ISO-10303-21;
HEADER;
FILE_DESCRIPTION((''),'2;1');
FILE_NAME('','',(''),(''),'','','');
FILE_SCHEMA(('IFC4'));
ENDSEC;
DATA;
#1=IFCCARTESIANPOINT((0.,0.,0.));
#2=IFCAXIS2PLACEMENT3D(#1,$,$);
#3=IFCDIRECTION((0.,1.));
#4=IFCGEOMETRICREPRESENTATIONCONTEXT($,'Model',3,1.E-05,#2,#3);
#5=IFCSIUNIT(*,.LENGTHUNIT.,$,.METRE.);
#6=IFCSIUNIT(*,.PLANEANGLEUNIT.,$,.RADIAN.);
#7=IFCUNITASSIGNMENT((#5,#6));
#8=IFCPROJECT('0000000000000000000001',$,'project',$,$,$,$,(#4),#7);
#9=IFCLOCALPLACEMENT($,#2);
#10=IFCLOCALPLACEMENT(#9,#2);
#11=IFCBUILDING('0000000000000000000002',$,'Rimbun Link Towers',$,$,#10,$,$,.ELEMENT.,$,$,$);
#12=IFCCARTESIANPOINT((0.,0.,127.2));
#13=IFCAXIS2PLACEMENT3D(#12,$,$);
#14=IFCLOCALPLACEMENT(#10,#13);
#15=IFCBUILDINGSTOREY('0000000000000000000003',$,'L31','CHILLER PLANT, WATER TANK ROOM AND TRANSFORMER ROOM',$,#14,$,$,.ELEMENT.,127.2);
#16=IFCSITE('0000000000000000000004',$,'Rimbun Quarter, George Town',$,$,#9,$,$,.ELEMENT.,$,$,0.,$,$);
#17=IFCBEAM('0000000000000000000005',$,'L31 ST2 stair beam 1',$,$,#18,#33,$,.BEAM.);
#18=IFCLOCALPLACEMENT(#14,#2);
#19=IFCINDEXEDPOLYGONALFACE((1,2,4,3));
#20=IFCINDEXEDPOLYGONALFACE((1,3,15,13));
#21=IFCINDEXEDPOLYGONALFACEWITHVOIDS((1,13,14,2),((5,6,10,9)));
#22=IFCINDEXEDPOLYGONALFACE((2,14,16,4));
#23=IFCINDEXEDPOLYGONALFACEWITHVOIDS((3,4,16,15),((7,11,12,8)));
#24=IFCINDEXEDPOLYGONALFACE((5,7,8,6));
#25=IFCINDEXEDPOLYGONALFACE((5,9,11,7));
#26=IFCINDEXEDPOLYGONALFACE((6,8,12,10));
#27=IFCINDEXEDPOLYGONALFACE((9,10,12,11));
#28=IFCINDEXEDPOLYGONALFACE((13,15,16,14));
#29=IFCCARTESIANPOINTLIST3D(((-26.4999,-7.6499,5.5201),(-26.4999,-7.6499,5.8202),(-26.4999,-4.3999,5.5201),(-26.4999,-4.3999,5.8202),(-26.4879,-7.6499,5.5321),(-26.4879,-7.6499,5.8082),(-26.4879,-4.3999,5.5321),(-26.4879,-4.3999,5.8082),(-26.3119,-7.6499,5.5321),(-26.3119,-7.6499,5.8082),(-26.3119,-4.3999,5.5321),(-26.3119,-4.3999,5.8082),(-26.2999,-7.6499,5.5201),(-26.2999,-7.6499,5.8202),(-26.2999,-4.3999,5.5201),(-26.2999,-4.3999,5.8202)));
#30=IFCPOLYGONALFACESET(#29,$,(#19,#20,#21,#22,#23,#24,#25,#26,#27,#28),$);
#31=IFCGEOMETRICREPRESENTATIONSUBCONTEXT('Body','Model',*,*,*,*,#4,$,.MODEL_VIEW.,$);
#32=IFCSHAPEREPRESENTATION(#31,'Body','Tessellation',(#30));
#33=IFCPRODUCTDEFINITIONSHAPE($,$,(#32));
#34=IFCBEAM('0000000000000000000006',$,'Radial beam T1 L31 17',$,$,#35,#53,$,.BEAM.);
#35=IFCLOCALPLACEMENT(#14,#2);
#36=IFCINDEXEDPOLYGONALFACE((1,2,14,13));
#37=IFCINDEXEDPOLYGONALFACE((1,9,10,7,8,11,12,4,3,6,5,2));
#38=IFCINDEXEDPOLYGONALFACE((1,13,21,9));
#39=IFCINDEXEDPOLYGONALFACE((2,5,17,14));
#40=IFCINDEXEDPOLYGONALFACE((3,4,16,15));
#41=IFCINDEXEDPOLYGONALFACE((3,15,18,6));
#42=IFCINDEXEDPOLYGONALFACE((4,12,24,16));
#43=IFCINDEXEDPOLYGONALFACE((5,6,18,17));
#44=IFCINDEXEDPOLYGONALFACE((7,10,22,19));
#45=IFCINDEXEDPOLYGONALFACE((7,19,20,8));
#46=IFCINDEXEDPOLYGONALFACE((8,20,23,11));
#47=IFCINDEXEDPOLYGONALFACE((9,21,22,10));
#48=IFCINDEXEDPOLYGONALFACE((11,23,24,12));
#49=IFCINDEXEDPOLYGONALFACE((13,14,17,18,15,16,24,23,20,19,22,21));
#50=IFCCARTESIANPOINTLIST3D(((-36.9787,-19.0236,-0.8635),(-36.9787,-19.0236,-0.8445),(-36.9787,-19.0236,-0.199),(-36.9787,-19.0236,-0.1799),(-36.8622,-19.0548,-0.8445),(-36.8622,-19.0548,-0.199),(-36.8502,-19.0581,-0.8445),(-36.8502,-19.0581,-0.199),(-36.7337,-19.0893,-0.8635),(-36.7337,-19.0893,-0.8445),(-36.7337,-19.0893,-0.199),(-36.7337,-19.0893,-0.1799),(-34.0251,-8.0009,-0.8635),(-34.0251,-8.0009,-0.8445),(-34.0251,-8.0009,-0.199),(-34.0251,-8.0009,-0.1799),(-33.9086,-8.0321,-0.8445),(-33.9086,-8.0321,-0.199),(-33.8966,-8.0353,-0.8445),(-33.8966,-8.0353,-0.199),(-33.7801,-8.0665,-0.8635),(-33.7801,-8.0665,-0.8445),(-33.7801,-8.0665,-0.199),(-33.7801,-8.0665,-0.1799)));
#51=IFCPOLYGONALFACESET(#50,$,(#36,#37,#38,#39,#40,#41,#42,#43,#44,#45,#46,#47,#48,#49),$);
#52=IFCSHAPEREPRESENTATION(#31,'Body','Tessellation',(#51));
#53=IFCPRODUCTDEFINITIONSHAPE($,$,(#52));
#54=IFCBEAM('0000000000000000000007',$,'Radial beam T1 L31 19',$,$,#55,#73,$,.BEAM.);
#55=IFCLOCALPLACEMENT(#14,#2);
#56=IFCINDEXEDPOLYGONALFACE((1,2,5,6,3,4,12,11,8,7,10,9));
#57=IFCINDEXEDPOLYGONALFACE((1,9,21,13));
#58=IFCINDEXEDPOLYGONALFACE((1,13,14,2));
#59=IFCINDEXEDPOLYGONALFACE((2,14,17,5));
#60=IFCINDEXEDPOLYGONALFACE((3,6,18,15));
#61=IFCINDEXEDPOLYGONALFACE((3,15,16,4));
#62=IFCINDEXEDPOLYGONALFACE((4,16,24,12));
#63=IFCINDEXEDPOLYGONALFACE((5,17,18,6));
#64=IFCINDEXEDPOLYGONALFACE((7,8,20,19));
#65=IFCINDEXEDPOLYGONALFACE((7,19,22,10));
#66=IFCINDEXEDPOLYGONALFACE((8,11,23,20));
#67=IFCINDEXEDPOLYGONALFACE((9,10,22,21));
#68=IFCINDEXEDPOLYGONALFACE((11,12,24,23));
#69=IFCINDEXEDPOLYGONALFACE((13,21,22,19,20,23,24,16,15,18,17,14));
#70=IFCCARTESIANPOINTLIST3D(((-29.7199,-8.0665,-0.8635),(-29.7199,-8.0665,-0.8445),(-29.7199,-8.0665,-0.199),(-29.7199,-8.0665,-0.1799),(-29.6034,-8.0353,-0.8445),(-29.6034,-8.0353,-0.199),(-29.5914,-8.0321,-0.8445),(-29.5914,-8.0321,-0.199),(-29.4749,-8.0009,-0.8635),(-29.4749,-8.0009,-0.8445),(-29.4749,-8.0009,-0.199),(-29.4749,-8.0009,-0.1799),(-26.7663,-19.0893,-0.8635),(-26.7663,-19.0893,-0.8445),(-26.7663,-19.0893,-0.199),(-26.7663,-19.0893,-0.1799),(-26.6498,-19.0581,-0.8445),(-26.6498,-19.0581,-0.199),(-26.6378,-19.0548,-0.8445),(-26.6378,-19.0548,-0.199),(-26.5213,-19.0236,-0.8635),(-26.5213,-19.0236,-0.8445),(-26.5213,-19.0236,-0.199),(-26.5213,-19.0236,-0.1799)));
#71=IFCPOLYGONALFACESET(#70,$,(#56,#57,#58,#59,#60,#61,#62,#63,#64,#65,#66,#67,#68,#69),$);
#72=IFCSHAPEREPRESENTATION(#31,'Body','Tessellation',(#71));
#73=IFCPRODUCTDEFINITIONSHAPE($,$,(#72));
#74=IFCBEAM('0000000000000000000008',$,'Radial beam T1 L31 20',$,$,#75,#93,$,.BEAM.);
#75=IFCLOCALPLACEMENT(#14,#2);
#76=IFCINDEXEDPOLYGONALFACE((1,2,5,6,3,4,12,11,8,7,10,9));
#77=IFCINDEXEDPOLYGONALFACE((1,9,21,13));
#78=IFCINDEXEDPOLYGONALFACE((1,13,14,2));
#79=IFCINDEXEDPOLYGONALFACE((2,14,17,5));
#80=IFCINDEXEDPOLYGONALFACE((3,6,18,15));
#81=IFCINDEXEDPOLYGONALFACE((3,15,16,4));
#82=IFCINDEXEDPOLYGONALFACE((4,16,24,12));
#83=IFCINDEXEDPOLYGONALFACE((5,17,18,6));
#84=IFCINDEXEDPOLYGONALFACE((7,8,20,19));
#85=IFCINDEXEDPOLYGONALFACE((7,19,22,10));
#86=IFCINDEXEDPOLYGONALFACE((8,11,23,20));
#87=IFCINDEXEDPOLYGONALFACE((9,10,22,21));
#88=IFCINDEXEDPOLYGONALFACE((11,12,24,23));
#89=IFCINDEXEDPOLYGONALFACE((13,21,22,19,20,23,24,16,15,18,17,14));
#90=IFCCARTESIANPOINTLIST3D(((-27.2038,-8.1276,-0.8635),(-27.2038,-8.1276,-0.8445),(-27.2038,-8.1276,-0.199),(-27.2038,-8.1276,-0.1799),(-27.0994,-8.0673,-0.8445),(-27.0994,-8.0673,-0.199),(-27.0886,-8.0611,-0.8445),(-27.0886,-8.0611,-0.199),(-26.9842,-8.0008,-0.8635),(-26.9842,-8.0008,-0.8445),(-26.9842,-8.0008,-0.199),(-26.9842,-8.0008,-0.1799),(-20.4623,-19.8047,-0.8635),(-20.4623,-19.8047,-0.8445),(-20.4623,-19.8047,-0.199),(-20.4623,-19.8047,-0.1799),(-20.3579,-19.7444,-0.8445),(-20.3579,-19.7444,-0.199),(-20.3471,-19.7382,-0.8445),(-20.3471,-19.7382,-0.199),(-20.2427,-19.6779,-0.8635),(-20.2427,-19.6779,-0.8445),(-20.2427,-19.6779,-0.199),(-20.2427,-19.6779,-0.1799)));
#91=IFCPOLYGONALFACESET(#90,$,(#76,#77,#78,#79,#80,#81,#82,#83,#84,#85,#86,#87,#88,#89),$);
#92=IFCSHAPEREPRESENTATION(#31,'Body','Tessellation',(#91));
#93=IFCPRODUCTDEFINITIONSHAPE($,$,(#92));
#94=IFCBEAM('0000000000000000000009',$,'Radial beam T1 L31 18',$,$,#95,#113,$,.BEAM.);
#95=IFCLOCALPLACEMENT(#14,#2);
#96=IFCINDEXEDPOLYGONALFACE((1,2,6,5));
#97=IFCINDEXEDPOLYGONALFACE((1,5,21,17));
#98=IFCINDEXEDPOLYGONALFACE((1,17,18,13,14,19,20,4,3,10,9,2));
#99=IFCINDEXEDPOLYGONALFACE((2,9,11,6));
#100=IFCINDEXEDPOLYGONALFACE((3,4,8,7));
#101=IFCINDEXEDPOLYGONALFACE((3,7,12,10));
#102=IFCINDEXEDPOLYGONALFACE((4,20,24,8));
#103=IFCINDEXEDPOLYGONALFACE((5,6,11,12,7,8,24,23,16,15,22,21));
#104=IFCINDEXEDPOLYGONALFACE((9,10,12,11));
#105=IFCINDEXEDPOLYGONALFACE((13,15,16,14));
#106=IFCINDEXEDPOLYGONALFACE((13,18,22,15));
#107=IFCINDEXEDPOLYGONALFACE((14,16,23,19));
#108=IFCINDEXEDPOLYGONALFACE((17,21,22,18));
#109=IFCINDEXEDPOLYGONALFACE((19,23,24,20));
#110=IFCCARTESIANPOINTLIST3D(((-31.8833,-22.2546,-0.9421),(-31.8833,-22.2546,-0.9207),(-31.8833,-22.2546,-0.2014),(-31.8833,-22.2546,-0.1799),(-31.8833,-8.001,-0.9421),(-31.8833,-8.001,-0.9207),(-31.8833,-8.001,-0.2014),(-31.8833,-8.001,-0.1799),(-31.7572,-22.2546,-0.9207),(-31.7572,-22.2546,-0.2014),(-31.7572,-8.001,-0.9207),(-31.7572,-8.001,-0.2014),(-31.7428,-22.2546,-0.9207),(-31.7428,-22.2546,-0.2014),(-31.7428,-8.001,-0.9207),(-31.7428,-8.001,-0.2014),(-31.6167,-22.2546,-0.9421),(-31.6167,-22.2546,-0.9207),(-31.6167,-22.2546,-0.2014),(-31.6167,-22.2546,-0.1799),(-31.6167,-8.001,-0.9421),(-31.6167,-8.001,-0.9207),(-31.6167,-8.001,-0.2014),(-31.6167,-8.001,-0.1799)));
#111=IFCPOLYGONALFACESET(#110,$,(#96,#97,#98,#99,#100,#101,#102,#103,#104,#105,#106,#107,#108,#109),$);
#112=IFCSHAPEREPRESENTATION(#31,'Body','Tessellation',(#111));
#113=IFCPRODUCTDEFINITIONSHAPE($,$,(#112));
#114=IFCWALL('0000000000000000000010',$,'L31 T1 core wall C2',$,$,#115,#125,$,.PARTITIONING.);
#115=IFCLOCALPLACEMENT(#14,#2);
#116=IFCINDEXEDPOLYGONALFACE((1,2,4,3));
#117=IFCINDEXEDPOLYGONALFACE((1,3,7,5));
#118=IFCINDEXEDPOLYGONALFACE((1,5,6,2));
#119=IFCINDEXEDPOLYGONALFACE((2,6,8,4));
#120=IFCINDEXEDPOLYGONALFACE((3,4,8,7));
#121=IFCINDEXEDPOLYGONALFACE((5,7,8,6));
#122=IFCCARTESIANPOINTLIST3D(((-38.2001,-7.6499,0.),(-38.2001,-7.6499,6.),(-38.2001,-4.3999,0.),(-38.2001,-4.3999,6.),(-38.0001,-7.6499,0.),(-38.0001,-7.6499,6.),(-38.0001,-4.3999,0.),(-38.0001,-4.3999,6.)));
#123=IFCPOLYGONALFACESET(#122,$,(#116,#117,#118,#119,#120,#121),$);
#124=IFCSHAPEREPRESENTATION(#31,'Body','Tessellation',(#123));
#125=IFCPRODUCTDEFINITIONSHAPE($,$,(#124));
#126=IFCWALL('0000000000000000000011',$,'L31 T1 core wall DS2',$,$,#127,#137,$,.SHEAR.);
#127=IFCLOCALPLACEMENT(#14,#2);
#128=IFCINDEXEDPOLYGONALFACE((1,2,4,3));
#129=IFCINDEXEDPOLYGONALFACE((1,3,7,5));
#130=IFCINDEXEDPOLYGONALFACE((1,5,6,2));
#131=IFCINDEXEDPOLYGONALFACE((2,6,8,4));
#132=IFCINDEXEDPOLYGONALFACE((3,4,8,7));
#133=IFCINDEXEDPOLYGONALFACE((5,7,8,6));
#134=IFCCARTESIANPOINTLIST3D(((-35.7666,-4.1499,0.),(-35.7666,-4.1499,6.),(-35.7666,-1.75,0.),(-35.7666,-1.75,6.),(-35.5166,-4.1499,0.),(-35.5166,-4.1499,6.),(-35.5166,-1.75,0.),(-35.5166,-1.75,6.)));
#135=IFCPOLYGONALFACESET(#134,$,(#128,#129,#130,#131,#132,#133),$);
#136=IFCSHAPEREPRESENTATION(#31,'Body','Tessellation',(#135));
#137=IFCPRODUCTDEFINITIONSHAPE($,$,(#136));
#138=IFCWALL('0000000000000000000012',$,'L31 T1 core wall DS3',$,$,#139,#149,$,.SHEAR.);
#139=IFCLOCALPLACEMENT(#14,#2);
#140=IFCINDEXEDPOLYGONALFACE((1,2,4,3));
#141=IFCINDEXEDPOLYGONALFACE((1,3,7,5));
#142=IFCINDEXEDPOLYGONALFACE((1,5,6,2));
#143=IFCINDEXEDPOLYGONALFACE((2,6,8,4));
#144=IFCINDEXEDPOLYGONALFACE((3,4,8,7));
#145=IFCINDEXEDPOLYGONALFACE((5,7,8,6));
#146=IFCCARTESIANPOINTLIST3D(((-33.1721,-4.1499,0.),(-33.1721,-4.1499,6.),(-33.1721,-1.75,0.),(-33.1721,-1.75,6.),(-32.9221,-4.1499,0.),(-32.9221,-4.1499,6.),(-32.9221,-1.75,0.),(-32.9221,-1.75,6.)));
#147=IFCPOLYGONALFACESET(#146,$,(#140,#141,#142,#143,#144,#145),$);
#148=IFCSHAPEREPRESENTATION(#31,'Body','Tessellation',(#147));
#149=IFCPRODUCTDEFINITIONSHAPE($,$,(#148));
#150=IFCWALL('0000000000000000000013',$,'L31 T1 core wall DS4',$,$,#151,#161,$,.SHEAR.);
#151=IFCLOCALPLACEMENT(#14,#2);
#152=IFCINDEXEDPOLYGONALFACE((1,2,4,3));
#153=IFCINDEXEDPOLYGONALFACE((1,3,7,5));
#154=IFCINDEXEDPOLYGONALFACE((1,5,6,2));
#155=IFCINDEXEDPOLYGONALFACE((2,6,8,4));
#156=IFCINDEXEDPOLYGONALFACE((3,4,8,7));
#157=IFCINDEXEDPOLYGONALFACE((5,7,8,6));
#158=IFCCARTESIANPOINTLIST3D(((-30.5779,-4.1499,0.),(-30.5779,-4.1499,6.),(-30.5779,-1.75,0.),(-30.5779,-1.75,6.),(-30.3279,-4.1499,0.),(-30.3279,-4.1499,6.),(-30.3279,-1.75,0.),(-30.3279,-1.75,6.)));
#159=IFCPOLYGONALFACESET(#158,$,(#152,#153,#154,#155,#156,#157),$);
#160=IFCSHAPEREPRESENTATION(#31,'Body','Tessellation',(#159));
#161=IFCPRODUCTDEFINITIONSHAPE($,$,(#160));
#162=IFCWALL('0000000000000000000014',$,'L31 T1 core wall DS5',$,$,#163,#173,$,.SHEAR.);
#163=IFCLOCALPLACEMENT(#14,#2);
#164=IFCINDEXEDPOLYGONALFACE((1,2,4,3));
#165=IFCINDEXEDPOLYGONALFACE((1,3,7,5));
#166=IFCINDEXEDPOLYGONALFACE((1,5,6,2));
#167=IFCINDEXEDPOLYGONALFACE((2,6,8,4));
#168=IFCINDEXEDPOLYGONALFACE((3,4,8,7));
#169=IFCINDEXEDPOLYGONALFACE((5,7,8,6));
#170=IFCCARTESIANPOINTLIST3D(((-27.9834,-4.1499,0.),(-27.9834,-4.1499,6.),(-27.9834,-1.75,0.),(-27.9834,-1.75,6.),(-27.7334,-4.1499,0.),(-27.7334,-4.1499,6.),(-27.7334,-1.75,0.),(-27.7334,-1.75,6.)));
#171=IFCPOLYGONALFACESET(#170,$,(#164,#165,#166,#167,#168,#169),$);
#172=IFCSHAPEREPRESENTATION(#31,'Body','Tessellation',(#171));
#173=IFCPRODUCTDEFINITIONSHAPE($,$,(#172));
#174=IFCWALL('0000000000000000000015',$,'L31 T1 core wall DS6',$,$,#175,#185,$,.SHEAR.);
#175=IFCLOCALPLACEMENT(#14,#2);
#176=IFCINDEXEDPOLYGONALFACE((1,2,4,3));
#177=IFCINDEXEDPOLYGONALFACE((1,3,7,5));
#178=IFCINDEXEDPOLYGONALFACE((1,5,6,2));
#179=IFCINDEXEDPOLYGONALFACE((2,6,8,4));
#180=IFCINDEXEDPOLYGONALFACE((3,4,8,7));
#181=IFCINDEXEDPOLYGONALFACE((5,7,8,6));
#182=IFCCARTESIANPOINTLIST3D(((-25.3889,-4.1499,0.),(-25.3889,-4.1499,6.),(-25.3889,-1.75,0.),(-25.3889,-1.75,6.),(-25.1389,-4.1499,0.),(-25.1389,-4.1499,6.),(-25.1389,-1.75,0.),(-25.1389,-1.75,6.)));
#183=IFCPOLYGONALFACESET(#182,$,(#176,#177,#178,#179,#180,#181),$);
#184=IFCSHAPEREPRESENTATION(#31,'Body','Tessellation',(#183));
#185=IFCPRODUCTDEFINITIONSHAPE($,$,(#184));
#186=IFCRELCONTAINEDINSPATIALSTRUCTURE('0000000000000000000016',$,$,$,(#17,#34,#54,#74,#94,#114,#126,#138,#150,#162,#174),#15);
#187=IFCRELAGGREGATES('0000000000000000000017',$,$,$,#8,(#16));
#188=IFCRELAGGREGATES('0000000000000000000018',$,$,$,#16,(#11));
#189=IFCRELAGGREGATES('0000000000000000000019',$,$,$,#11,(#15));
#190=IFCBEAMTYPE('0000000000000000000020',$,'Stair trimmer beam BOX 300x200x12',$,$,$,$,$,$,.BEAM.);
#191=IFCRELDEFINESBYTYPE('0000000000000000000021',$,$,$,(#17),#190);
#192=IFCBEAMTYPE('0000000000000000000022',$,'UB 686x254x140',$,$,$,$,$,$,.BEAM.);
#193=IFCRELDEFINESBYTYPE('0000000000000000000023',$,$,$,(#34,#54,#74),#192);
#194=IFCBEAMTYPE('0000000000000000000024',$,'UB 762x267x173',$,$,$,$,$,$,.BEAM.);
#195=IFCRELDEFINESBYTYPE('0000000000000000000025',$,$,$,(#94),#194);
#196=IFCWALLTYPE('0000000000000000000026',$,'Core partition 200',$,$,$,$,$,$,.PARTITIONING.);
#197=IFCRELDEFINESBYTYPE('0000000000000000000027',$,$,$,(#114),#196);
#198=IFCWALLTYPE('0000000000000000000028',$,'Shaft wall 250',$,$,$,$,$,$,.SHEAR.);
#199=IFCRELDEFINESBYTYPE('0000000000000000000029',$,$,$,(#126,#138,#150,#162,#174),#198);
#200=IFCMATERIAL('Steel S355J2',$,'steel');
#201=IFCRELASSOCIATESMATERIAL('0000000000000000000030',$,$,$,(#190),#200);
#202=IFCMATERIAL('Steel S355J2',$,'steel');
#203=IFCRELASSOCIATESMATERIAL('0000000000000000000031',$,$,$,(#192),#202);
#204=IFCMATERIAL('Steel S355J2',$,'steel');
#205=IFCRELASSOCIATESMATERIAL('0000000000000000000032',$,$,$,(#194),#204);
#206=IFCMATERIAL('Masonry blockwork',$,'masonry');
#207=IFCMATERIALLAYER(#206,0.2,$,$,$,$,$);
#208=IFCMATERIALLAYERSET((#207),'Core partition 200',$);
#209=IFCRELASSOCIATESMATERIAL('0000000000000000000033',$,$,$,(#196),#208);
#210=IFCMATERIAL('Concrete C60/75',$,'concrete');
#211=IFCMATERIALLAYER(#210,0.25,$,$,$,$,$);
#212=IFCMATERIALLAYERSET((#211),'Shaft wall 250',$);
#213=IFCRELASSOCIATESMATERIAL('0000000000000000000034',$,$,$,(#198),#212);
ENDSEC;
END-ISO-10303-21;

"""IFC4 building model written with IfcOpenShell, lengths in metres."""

from ifc_helpers import new_model, si_unit, direction, frame, frame_2d, origin, origin_2d, place, context, subcontext, project, spatial, rectangle, hollow_rectangle, i_section, extrude, material, layer, layer_set, material_profile, profile_set, type_object, element, save


model = new_model("IFC4")

# Units and contexts
model_context = context("Model", 3, precision=1e-05, world=origin(), true_north=direction((0.0, 1.0)))
body_context = subcontext(model_context, "Body", "Model", "MODEL_VIEW")
ifc_project = project(units=[si_unit("LENGTHUNIT", "METRE"), si_unit("PLANEANGLEUNIT", "RADIAN")], contexts=[model_context])

# Site, building, storey
site_placement = place(None, origin())
site = spatial("IfcSite", under=ifc_project, at=site_placement, Name="Rimbun Quarter, George Town", CompositionType="ELEMENT", RefElevation=0.0)
building_placement = place(site_placement, origin())
building = spatial("IfcBuilding", under=site, at=building_placement, Name="Rimbun Link Towers", CompositionType="ELEMENT")
storey_placement = place(building_placement, frame((0.0, 0.0, 127.2)))
storey = spatial("IfcBuildingStorey", under=building, at=storey_placement, Name="L31", Description="CHILLER PLANT, WATER TANK ROOM AND TRANSFORMER ROOM", CompositionType="ELEMENT", Elevation=127.2)

# Beams
ifc_material_1 = material(Name="Steel S355J2", Category="steel")
ifc_material_profile_1 = material_profile(ifc_material_1, hollow_rectangle(XDim=0.2, YDim=0.3, WallThickness=0.012, at=origin_2d()), Name="BOX 300x200x12")
ifc_profile_set_1 = profile_set([ifc_material_profile_1], Name="Steel S355J2")
beam_type_1 = type_object("IfcBeamType", Name="Stair trimmer beam BOX 300x200x12", PredefinedType="BEAM", material=ifc_profile_set_1)
beam_1_placement = place(storey_placement, frame((-26.3999, -7.6499, 5.6702), z_axis=(0.0, 1.0, 0.0), x_axis=(-1.0, 0.0, 0.0)))
element("IfcBeam", 1, at=beam_1_placement, inside=storey, type_object=beam_type_1, Name="L31 ST2 stair beam 1", PredefinedType="BEAM", context=body_context, shape_type="SweptSolid", body=[
    extrude(hollow_rectangle(XDim=0.2, YDim=0.3, WallThickness=0.012, at=origin_2d()), origin(), (0.0, 0.0, 1.0), 3.25),
])
ifc_material_2 = material(Name="Steel S355J2", Category="steel")
ifc_material_profile_2 = material_profile(ifc_material_2, i_section(OverallWidth=0.2537, OverallDepth=0.6836, WebThickness=0.0125, FlangeThickness=0.019, at=origin_2d()), Name="UB 686x254x140")
ifc_profile_set_2 = profile_set([ifc_material_profile_2], Name="Steel S355J2")
beam_type_2 = type_object("IfcBeamType", Name="UB 686x254x140", PredefinedType="BEAM", material=ifc_profile_set_2)
for number, where, z_axis, x_axis, name in (
    (2, (-33.9026, -8.0337, -0.5217), (-0.258826, -0.965924, 0.0), (0.965924, -0.258826, 0.0), "Radial beam T1 L31 17"),
    (3, (-29.5974, -8.0337, -0.5217), (0.258826, -0.965924, 0.0), (0.965924, 0.258826, 0.0), "Radial beam T1 L31 19"),
):
    element("IfcBeam", number, at=place(storey_placement, frame(where, z_axis=z_axis, x_axis=x_axis)), inside=storey, type_object=beam_type_2, Name=name, PredefinedType="BEAM", context=body_context, shape_type="SweptSolid", body=[
        extrude(i_section(OverallWidth=0.2537, OverallDepth=0.6836, WebThickness=0.0125, FlangeThickness=0.019, at=origin_2d()), origin(), (0.0, 0.0, 1.0), 11.4116),
    ])
beam_2_placement = place(storey_placement, frame((-27.094, -8.0642, -0.5217), z_axis=(0.499985, -0.866034, 0.0), x_axis=(0.866034, 0.499985, 0.0)))
element("IfcBeam", 4, at=beam_2_placement, inside=storey, type_object=beam_type_2, Name="Radial beam T1 L31 20", PredefinedType="BEAM", context=body_context, shape_type="SweptSolid", body=[
    extrude(i_section(OverallWidth=0.2537, OverallDepth=0.6836, WebThickness=0.0125, FlangeThickness=0.019, at=origin_2d()), origin(), (0.0, 0.0, 1.0), 13.4834),
])
ifc_material_3 = material(Name="Steel S355J2", Category="steel")
ifc_material_profile_3 = material_profile(ifc_material_3, i_section(OverallWidth=0.2666, OverallDepth=0.7622, WebThickness=0.0144, FlangeThickness=0.0215, at=origin_2d()), Name="UB 762x267x173")
ifc_profile_set_3 = profile_set([ifc_material_profile_3], Name="Steel S355J2")
beam_type_3 = type_object("IfcBeamType", Name="UB 762x267x173", PredefinedType="BEAM", material=ifc_profile_set_3)
beam_3_placement = place(storey_placement, frame((-31.75, -8.001, -0.561), z_axis=(0.0, -1.0, 0.0), x_axis=(1.0, 0.0, 0.0)))
element("IfcBeam", 5, at=beam_3_placement, inside=storey, type_object=beam_type_3, Name="Radial beam T1 L31 18", PredefinedType="BEAM", context=body_context, shape_type="SweptSolid", body=[
    extrude(i_section(OverallWidth=0.2666, OverallDepth=0.7622, WebThickness=0.0144, FlangeThickness=0.0215, at=origin_2d()), origin(), (0.0, 0.0, 1.0), 14.2537),
])

# Walls
ifc_material_4 = material(Name="Masonry blockwork", Category="masonry")
ifc_layer_1 = layer(ifc_material_4, 0.2)
ifc_layer_set_1 = layer_set([ifc_layer_1], Name="Core partition 200")
wall_type_1 = type_object("IfcWallType", Name="Core partition 200", PredefinedType="PARTITIONING", material=ifc_layer_set_1)
wall_1_placement = place(storey_placement, frame((-38.1001, -4.3999, 0.0), z_axis=(0.0, 0.0, 1.0), x_axis=(0.0, -1.0, 0.0)))
element("IfcWall", 6, at=wall_1_placement, inside=storey, type_object=wall_type_1, Name="L31 T1 core wall C2", PredefinedType="PARTITIONING", context=body_context, shape_type="SweptSolid", body=[
    extrude(rectangle(XDim=3.25, YDim=0.2, at=frame_2d((1.625, 0.0))), origin(), (0.0, 0.0, 1.0), 6.0),
])
ifc_material_5 = material(Name="Concrete C60/75", Category="concrete")
ifc_layer_2 = layer(ifc_material_5, 0.25)
ifc_layer_set_2 = layer_set([ifc_layer_2], Name="Shaft wall 250")
wall_type_2 = type_object("IfcWallType", Name="Shaft wall 250", PredefinedType="SHEAR", material=ifc_layer_set_2)
for number, where, z_axis, x_axis, name in (
    (7, (-35.6416, -4.1499, 0.0), (0.0, 0.0, 1.0), (0.0, 1.0, 0.0), "L31 T1 core wall DS2"),
    (8, (-33.0471, -4.1499, 0.0), (0.0, 0.0, 1.0), (0.0, 1.0, 0.0), "L31 T1 core wall DS3"),
    (9, (-30.4529, -4.1499, 0.0), (0.0, 0.0, 1.0), (0.0, 1.0, 0.0), "L31 T1 core wall DS4"),
    (10, (-27.8584, -4.1499, 0.0), (0.0, 0.0, 1.0), (0.0, 1.0, 0.0), "L31 T1 core wall DS5"),
    (11, (-25.2639, -4.1499, 0.0), (0.0, 0.0, 1.0), (0.0, 1.0, 0.0), "L31 T1 core wall DS6"),
):
    element("IfcWall", number, at=place(storey_placement, frame(where, z_axis=z_axis, x_axis=x_axis)), inside=storey, type_object=wall_type_2, Name=name, PredefinedType="SHEAR", context=body_context, shape_type="SweptSolid", body=[
        extrude(rectangle(XDim=2.3999, YDim=0.25, at=frame_2d((1.2, 0.0))), origin(), (0.0, 0.0, 1.0), 6.0),
    ])

save(model, "model.ifc")
